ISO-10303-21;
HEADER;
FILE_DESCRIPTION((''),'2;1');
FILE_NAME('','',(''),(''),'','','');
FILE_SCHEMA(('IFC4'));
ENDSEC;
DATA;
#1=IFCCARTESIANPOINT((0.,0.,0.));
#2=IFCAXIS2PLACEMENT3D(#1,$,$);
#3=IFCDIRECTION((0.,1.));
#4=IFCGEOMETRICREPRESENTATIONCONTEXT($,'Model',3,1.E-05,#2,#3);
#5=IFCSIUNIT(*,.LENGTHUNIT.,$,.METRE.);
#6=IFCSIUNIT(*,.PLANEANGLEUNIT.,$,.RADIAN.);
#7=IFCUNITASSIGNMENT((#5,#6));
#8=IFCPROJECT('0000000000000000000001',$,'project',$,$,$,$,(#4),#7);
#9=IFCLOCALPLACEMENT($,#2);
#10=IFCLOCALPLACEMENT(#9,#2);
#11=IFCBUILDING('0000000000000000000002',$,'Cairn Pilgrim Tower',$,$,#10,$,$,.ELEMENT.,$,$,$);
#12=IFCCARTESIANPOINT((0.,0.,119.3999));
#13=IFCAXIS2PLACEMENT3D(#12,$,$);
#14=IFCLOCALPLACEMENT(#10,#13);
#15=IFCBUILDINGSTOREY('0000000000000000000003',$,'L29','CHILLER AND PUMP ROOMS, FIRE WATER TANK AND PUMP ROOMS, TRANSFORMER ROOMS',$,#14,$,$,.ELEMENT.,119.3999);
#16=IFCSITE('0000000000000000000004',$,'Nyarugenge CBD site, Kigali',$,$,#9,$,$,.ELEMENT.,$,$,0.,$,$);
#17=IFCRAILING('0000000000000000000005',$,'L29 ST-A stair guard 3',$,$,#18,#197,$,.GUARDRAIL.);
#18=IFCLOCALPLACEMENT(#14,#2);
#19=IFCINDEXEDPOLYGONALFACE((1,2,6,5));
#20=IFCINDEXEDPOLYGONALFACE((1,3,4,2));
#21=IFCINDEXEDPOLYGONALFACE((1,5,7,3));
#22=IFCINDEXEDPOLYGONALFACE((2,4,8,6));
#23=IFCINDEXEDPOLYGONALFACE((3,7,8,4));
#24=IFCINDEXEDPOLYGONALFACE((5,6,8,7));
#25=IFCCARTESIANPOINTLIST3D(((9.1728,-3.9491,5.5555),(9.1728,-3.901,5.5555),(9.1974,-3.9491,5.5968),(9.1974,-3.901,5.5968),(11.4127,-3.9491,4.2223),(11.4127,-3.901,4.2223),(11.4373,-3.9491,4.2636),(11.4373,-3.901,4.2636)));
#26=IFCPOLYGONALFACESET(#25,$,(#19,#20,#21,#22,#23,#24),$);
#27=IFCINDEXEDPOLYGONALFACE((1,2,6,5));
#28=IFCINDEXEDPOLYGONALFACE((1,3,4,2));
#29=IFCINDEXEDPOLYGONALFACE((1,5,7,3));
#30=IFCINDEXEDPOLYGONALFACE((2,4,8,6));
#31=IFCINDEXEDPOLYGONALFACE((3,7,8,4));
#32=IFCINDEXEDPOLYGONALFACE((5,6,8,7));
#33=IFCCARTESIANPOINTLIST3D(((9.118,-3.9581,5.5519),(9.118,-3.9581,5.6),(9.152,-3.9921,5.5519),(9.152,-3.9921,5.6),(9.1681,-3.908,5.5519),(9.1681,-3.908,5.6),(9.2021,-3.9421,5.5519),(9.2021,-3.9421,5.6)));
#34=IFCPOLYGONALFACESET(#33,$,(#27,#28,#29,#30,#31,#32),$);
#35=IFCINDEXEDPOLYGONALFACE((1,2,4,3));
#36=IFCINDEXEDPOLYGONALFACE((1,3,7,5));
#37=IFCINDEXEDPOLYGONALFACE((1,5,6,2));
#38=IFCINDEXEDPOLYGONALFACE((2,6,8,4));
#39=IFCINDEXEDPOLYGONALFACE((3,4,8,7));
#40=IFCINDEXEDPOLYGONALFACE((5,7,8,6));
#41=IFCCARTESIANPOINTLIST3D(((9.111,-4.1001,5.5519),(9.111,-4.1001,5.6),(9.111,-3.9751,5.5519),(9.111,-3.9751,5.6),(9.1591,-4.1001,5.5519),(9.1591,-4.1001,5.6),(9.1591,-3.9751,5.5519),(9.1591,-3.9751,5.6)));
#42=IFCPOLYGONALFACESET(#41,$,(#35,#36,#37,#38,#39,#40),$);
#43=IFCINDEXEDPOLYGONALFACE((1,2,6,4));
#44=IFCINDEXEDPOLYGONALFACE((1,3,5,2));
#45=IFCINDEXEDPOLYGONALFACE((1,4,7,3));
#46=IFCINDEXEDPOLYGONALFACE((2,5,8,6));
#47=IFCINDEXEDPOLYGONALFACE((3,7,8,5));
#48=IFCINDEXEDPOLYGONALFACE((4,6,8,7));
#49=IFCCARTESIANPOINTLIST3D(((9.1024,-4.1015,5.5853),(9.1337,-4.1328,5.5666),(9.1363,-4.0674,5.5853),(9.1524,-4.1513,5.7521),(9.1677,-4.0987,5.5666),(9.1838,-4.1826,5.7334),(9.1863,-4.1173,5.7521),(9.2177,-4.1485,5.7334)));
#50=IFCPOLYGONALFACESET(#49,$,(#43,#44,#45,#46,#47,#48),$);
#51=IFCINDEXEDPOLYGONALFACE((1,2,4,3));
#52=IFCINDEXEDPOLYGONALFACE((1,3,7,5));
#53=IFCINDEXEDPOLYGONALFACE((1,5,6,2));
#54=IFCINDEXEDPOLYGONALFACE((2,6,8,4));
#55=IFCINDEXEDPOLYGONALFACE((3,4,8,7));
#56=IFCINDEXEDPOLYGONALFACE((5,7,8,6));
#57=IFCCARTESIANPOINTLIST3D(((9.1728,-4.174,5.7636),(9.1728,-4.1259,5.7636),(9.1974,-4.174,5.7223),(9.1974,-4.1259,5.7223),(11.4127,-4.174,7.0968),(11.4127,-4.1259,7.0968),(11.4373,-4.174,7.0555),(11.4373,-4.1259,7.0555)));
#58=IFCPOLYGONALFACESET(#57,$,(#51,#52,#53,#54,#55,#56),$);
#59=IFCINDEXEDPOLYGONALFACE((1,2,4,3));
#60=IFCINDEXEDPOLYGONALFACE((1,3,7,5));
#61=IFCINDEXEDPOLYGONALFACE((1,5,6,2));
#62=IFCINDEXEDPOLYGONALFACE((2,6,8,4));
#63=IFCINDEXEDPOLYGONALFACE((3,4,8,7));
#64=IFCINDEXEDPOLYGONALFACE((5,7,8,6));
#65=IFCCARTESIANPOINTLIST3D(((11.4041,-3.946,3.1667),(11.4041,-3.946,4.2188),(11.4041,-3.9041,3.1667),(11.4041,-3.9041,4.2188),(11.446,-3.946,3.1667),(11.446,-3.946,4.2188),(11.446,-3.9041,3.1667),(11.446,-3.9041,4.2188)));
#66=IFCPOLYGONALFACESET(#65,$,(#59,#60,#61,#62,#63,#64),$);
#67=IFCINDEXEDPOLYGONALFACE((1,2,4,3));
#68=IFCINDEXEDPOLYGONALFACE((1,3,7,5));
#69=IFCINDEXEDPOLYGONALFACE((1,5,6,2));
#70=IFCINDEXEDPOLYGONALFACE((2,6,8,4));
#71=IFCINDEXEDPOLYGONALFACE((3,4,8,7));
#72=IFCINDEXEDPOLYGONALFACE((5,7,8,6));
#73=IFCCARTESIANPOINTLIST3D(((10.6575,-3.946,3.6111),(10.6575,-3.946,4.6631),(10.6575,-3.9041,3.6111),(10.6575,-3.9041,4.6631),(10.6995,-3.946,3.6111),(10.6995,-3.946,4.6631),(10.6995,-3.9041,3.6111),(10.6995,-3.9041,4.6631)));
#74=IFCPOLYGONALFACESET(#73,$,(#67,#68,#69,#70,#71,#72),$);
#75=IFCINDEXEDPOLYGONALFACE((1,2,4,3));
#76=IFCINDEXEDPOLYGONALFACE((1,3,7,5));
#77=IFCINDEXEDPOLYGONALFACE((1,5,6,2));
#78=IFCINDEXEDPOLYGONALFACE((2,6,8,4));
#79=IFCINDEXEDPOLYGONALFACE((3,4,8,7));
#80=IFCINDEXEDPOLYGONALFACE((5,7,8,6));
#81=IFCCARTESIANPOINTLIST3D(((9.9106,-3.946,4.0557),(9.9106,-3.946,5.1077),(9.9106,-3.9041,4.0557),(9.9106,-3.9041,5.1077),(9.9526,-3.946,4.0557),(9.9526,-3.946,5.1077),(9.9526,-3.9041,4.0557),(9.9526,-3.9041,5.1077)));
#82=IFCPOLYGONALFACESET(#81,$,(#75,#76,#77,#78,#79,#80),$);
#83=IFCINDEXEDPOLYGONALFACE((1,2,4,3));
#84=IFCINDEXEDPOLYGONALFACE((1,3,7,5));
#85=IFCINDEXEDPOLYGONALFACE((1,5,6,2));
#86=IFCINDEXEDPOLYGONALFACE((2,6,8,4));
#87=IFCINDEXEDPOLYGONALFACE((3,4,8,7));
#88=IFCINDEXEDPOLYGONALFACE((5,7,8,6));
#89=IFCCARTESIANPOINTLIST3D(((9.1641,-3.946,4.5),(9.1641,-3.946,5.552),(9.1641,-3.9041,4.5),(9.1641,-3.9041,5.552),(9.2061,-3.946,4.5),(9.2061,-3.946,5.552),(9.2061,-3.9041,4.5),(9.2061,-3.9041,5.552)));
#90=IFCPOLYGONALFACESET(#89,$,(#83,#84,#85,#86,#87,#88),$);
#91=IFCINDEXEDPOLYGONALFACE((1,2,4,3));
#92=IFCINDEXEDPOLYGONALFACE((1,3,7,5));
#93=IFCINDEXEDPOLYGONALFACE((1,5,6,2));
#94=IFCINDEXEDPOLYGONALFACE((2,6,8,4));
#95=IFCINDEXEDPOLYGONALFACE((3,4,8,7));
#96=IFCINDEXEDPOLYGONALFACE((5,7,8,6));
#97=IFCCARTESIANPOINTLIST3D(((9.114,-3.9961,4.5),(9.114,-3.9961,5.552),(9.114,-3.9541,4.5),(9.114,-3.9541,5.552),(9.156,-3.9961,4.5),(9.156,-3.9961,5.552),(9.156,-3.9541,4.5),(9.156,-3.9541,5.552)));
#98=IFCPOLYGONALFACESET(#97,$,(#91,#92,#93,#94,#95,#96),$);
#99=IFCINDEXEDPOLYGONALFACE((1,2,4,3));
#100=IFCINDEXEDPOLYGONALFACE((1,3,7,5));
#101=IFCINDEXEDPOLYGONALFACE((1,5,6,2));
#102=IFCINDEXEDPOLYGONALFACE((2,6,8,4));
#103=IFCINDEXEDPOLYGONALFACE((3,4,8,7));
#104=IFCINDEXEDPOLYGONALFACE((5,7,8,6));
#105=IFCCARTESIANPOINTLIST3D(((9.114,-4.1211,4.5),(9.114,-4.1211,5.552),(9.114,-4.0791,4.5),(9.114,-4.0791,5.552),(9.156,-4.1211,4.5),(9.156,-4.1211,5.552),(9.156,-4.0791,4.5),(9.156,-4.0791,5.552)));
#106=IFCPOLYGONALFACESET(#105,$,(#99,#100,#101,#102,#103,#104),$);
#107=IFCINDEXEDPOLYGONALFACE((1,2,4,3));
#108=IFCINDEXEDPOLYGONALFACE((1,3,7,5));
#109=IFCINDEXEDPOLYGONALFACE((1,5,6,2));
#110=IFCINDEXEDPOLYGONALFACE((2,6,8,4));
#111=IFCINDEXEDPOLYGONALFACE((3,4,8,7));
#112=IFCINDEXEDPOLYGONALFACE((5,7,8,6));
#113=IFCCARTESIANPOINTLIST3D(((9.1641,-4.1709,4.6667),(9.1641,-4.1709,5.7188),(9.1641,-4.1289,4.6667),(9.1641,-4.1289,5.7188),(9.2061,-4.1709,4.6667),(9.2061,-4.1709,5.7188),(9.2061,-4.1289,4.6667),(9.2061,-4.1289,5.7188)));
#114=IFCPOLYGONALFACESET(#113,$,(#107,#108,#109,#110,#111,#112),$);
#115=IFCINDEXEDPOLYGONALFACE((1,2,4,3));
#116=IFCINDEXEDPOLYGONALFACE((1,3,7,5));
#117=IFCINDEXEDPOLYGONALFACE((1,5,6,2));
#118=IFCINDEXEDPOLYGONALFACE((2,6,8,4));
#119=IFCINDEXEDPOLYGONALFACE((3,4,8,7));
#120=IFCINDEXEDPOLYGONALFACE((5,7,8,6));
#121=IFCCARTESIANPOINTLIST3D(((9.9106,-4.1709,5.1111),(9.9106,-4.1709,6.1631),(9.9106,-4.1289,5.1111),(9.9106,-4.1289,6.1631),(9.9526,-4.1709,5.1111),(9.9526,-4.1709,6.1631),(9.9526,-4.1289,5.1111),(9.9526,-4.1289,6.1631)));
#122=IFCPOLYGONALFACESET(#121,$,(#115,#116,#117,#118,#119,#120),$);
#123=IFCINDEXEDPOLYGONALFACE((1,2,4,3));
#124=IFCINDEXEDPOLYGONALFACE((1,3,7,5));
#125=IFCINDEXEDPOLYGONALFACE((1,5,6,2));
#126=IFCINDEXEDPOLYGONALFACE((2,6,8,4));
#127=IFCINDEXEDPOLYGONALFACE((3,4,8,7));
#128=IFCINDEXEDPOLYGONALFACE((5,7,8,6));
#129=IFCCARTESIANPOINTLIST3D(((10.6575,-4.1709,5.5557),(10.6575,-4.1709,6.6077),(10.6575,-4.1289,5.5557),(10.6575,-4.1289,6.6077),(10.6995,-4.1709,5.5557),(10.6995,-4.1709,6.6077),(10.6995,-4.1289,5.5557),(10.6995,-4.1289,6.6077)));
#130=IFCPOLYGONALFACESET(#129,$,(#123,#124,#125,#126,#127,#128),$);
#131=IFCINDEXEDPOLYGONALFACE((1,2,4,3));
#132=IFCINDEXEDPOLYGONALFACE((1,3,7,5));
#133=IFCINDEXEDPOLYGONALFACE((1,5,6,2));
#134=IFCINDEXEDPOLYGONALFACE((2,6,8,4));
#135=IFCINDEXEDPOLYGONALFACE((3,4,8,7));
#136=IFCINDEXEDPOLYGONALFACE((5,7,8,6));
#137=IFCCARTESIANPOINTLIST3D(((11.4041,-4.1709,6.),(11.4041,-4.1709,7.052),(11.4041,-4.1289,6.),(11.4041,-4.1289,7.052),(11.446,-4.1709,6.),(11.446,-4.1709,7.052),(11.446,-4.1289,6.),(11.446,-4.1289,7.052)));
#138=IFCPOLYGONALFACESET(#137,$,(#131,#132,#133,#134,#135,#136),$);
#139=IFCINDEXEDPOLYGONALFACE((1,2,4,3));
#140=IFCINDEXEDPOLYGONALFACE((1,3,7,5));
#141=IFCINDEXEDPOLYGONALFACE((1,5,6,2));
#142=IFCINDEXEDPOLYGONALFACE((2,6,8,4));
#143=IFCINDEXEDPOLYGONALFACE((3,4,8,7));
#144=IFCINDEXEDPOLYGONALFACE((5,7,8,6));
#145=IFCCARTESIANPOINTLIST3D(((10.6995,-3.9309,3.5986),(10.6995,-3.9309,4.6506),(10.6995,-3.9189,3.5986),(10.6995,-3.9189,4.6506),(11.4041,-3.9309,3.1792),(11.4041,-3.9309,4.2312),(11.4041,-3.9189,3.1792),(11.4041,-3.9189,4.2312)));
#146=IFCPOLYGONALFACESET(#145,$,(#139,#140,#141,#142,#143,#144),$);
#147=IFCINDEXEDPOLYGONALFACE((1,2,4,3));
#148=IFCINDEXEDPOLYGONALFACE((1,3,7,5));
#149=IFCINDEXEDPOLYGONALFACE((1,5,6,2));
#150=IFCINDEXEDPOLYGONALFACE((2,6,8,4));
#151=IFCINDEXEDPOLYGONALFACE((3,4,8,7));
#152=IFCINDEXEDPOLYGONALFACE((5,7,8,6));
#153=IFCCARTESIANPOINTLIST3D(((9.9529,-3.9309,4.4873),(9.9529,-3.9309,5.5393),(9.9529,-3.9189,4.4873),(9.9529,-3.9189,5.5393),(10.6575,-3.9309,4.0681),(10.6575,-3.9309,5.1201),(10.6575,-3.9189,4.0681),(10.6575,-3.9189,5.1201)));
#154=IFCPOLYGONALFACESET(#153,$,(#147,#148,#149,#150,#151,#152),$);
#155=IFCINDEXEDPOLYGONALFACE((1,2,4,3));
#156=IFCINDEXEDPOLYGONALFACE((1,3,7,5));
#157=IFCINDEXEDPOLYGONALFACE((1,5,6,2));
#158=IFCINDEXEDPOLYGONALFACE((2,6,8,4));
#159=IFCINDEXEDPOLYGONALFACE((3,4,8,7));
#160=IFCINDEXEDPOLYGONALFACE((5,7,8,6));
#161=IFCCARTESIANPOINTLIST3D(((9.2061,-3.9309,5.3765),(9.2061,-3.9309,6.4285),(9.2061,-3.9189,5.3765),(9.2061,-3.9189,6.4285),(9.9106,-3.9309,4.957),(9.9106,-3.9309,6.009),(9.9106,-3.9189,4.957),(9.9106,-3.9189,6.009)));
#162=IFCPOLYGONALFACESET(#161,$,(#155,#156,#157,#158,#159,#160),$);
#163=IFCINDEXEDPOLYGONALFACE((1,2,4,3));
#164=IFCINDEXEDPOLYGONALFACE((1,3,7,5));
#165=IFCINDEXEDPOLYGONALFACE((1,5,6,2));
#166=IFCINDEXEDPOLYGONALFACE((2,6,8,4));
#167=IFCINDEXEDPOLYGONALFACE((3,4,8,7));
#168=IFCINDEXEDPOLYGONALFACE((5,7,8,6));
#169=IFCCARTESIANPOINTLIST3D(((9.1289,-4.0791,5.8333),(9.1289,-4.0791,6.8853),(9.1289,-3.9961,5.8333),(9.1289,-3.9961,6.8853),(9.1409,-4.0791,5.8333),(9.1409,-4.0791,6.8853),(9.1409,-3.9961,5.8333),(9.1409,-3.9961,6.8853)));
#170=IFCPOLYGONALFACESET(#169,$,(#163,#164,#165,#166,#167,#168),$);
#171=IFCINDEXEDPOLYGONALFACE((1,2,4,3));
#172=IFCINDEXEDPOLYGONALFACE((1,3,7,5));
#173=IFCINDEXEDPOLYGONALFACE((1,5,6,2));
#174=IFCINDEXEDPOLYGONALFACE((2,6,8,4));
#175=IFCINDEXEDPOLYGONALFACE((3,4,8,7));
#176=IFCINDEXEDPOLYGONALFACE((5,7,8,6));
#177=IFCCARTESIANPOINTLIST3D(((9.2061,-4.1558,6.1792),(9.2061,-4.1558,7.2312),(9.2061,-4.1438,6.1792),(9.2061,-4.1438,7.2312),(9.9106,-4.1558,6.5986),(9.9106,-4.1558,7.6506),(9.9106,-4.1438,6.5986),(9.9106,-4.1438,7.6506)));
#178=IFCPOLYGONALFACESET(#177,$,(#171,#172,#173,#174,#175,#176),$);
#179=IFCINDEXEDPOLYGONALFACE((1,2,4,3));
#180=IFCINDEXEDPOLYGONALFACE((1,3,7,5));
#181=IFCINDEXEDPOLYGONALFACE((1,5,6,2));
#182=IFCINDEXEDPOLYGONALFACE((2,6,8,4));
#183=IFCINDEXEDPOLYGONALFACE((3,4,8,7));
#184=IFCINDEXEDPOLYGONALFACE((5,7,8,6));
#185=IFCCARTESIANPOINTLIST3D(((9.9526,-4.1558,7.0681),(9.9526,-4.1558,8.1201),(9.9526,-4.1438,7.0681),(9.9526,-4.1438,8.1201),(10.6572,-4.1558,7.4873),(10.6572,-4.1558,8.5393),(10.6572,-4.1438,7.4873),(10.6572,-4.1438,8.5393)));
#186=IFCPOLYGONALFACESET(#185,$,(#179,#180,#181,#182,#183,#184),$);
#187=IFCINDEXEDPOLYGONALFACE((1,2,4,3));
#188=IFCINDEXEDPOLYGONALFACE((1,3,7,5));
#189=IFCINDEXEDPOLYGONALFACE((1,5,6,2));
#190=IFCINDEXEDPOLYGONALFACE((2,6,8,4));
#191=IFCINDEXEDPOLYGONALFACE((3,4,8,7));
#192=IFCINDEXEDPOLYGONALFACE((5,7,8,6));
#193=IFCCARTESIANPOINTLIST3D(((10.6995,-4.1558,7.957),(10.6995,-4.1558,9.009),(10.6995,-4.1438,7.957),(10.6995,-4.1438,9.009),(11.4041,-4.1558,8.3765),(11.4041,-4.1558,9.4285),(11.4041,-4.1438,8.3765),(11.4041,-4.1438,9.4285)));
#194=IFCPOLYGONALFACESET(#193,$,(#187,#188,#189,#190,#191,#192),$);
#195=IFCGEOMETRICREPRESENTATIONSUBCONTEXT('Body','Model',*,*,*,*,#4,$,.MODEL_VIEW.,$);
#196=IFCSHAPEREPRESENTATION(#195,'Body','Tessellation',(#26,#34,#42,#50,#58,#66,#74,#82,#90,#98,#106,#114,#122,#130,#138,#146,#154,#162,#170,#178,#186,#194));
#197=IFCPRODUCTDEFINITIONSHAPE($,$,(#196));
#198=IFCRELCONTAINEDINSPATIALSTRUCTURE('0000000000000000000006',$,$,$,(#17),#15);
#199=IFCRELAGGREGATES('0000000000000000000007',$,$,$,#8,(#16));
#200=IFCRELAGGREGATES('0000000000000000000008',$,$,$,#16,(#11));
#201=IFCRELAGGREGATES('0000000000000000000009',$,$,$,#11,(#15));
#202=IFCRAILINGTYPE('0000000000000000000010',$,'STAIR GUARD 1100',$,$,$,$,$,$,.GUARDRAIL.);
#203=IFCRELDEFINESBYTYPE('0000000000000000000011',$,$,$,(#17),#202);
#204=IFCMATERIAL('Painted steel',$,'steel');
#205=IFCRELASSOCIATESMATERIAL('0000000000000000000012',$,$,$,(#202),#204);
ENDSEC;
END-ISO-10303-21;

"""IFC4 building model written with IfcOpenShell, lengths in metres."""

from ifc_helpers import new_model, si_unit, direction, frame, origin, origin_2d, place, context, subcontext, project, spatial, polyline, rectangle, outline, extrude, material, type_object, element, save


model = new_model("IFC4")

# Units and contexts
model_context = context("Model", 3, precision=1e-05, world=origin(), true_north=direction((0.0, 1.0)))
body_context = subcontext(model_context, "Body", "Model", "MODEL_VIEW")
ifc_project = project(units=[si_unit("LENGTHUNIT", "METRE"), si_unit("PLANEANGLEUNIT", "RADIAN")], contexts=[model_context])

# Site, building, storey
site_placement = place(None, origin())
site = spatial("IfcSite", under=ifc_project, at=site_placement, Name="Nyarugenge CBD site, Kigali", CompositionType="ELEMENT", RefElevation=0.0)
building_placement = place(site_placement, origin())
building = spatial("IfcBuilding", under=site, at=building_placement, Name="Cairn Pilgrim Tower", CompositionType="ELEMENT")
storey_placement = place(building_placement, frame((0.0, 0.0, 119.3999)))
storey = spatial("IfcBuildingStorey", under=building, at=storey_placement, Name="L29", Description="CHILLER AND PUMP ROOMS, FIRE WATER TANK AND PUMP ROOMS, TRANSFORMER ROOMS", CompositionType="ELEMENT", Elevation=119.3999)

# Railing
ifc_material_1 = material(Name="Painted steel", Category="steel")
railing_type_1 = type_object("IfcRailingType", Name="STAIR GUARD 1100", PredefinedType="GUARDRAIL", material=ifc_material_1)
railing_1_placement = place(storey_placement, frame((11.425, -3.925, 3.1667)))
element("IfcRailing", 1, at=railing_1_placement, inside=storey, type_object=railing_type_1, Name="L29 ST-A stair guard 3", PredefinedType="GUARDRAIL", context=body_context, shape_type="SweptSolid", body=[
    extrude(rectangle(XDim=0.0481, YDim=0.0481, at=origin_2d()), frame((0.0, 0.0, 1.0762), z_axis=(-0.859306, 0.0, 0.511462), x_axis=(0.0, -1.0, 0.0)), (0.0, 0.0, 1.0), 2.6067),
    extrude(rectangle(XDim=0.0481, YDim=0.0481, at=origin_2d()), frame((-2.24, 0.0, 2.4092), z_axis=(-0.707107, -0.707107, 0.0), x_axis=(0.707107, -0.707107, 0.0)), (0.0, 0.0, 1.0), 0.0708),
    extrude(rectangle(XDim=0.0481, YDim=0.0481, at=origin_2d()), frame((-2.29, -0.05, 2.4092), z_axis=(0.0, -1.0, 0.0), x_axis=(1.0, 0.0, 0.0)), (0.0, 0.0, 1.0), 0.125),
    extrude(rectangle(XDim=0.0481, YDim=0.0481, at=origin_2d()), frame((-2.29, -0.175, 2.4092), z_axis=(0.276389, -0.275041, 0.920848), x_axis=(0.705376, 0.708834, 0.0)), (0.0, 0.0, 1.0), 0.1812),
    extrude(rectangle(XDim=0.0481, YDim=0.0481, at=origin_2d()), frame((-2.24, -0.2249, 2.5762), z_axis=(0.859306, 0.0, 0.511462), x_axis=(0.0, 1.0, 0.0)), (0.0, 0.0, 1.0), 2.6067),
    extrude(rectangle(XDim=0.042, YDim=0.042, at=origin_2d()), origin(), (0.0, 0.0, 1.0), 1.052),
    extrude(rectangle(XDim=0.042, YDim=0.042, at=origin_2d()), frame((-0.7466, 0.0, 0.4443)), (0.0, 0.0, 1.0), 1.052),
    extrude(rectangle(XDim=0.042, YDim=0.042, at=origin_2d()), frame((-1.4934, 0.0, 0.8889)), (0.0, 0.0, 1.0), 1.052),
    extrude(rectangle(XDim=0.042, YDim=0.042, at=origin_2d()), frame((-2.24, 0.0, 1.3333)), (0.0, 0.0, 1.0), 1.052),
    extrude(rectangle(XDim=0.042, YDim=0.042, at=origin_2d()), frame((-2.29, -0.05, 1.3333)), (0.0, 0.0, 1.0), 1.052),
    extrude(rectangle(XDim=0.042, YDim=0.042, at=origin_2d()), frame((-2.29, -0.175, 1.3333)), (0.0, 0.0, 1.0), 1.052),
    extrude(rectangle(XDim=0.042, YDim=0.042, at=origin_2d()), frame((-2.24, -0.2249, 1.5)), (0.0, 0.0, 1.0), 1.052),
    extrude(rectangle(XDim=0.042, YDim=0.042, at=origin_2d()), frame((-1.4934, -0.2249, 1.9443)), (0.0, 0.0, 1.0), 1.052),
    extrude(rectangle(XDim=0.042, YDim=0.042, at=origin_2d()), frame((-0.7466, -0.2249, 2.3889)), (0.0, 0.0, 1.0), 1.052),
    extrude(rectangle(XDim=0.042, YDim=0.042, at=origin_2d()), frame((0.0, -0.2249, 2.8333)), (0.0, 0.0, 1.0), 1.052),
    extrude(outline(polyline([(0.021, 0.0125), (0.7256, 0.4319), (0.7256, 1.4839), (0.021, 1.0645), (0.021, 0.0125)])), frame((0.0, -0.0059, 0.0), z_axis=(0.0, 1.0, 0.0), x_axis=(-1.0, 0.0, 0.0)), (0.0, 0.0, 1.0), 0.012),
    extrude(outline(polyline([(0.021, 0.457), (0.7256, 0.8762), (0.7256, 1.9282), (0.021, 1.509), (0.021, 0.457)])), frame((-0.7466, -0.0059, 0.4443), z_axis=(0.0, 1.0, 0.0), x_axis=(-1.0, 0.0, 0.0)), (0.0, 0.0, 1.0), 0.012),
    extrude(outline(polyline([(0.021, 0.9014), (0.7256, 1.3208), (0.7256, 2.3728), (0.021, 1.9534), (0.021, 0.9014)])), frame((-1.4934, -0.0059, 0.8889), z_axis=(0.0, 1.0, 0.0), x_axis=(-1.0, 0.0, 0.0)), (0.0, 0.0, 1.0), 0.012),
    extrude(outline(polyline([(0.021, 1.3333), (0.104, 1.3333), (0.104, 2.3853), (0.021, 2.3853), (0.021, 1.3333)])), frame((-2.2842, -0.05, 1.3333), z_axis=(-1.0, 0.0, 0.0), x_axis=(0.0, -1.0, 0.0)), (0.0, 0.0, 1.0), 0.012),
    extrude(outline(polyline([(0.021, 1.5125), (0.7256, 1.9319), (0.7256, 2.9839), (0.021, 2.5645), (0.021, 1.5125)])), frame((-2.24, -0.2188, 1.5), z_axis=(0.0, -1.0, 0.0), x_axis=(1.0, 0.0, 0.0)), (0.0, 0.0, 1.0), 0.012),
    extrude(outline(polyline([(0.021, 1.957), (0.7256, 2.3762), (0.7256, 3.4282), (0.021, 3.009), (0.021, 1.957)])), frame((-1.4934, -0.2188, 1.9443), z_axis=(0.0, -1.0, 0.0), x_axis=(1.0, 0.0, 0.0)), (0.0, 0.0, 1.0), 0.012),
    extrude(outline(polyline([(0.021, 2.4014), (0.7256, 2.8208), (0.7256, 3.8728), (0.021, 3.4534), (0.021, 2.4014)])), frame((-0.7466, -0.2188, 2.3889), z_axis=(0.0, -1.0, 0.0), x_axis=(1.0, 0.0, 0.0)), (0.0, 0.0, 1.0), 0.012),
])

save(model, "model.ifc")
